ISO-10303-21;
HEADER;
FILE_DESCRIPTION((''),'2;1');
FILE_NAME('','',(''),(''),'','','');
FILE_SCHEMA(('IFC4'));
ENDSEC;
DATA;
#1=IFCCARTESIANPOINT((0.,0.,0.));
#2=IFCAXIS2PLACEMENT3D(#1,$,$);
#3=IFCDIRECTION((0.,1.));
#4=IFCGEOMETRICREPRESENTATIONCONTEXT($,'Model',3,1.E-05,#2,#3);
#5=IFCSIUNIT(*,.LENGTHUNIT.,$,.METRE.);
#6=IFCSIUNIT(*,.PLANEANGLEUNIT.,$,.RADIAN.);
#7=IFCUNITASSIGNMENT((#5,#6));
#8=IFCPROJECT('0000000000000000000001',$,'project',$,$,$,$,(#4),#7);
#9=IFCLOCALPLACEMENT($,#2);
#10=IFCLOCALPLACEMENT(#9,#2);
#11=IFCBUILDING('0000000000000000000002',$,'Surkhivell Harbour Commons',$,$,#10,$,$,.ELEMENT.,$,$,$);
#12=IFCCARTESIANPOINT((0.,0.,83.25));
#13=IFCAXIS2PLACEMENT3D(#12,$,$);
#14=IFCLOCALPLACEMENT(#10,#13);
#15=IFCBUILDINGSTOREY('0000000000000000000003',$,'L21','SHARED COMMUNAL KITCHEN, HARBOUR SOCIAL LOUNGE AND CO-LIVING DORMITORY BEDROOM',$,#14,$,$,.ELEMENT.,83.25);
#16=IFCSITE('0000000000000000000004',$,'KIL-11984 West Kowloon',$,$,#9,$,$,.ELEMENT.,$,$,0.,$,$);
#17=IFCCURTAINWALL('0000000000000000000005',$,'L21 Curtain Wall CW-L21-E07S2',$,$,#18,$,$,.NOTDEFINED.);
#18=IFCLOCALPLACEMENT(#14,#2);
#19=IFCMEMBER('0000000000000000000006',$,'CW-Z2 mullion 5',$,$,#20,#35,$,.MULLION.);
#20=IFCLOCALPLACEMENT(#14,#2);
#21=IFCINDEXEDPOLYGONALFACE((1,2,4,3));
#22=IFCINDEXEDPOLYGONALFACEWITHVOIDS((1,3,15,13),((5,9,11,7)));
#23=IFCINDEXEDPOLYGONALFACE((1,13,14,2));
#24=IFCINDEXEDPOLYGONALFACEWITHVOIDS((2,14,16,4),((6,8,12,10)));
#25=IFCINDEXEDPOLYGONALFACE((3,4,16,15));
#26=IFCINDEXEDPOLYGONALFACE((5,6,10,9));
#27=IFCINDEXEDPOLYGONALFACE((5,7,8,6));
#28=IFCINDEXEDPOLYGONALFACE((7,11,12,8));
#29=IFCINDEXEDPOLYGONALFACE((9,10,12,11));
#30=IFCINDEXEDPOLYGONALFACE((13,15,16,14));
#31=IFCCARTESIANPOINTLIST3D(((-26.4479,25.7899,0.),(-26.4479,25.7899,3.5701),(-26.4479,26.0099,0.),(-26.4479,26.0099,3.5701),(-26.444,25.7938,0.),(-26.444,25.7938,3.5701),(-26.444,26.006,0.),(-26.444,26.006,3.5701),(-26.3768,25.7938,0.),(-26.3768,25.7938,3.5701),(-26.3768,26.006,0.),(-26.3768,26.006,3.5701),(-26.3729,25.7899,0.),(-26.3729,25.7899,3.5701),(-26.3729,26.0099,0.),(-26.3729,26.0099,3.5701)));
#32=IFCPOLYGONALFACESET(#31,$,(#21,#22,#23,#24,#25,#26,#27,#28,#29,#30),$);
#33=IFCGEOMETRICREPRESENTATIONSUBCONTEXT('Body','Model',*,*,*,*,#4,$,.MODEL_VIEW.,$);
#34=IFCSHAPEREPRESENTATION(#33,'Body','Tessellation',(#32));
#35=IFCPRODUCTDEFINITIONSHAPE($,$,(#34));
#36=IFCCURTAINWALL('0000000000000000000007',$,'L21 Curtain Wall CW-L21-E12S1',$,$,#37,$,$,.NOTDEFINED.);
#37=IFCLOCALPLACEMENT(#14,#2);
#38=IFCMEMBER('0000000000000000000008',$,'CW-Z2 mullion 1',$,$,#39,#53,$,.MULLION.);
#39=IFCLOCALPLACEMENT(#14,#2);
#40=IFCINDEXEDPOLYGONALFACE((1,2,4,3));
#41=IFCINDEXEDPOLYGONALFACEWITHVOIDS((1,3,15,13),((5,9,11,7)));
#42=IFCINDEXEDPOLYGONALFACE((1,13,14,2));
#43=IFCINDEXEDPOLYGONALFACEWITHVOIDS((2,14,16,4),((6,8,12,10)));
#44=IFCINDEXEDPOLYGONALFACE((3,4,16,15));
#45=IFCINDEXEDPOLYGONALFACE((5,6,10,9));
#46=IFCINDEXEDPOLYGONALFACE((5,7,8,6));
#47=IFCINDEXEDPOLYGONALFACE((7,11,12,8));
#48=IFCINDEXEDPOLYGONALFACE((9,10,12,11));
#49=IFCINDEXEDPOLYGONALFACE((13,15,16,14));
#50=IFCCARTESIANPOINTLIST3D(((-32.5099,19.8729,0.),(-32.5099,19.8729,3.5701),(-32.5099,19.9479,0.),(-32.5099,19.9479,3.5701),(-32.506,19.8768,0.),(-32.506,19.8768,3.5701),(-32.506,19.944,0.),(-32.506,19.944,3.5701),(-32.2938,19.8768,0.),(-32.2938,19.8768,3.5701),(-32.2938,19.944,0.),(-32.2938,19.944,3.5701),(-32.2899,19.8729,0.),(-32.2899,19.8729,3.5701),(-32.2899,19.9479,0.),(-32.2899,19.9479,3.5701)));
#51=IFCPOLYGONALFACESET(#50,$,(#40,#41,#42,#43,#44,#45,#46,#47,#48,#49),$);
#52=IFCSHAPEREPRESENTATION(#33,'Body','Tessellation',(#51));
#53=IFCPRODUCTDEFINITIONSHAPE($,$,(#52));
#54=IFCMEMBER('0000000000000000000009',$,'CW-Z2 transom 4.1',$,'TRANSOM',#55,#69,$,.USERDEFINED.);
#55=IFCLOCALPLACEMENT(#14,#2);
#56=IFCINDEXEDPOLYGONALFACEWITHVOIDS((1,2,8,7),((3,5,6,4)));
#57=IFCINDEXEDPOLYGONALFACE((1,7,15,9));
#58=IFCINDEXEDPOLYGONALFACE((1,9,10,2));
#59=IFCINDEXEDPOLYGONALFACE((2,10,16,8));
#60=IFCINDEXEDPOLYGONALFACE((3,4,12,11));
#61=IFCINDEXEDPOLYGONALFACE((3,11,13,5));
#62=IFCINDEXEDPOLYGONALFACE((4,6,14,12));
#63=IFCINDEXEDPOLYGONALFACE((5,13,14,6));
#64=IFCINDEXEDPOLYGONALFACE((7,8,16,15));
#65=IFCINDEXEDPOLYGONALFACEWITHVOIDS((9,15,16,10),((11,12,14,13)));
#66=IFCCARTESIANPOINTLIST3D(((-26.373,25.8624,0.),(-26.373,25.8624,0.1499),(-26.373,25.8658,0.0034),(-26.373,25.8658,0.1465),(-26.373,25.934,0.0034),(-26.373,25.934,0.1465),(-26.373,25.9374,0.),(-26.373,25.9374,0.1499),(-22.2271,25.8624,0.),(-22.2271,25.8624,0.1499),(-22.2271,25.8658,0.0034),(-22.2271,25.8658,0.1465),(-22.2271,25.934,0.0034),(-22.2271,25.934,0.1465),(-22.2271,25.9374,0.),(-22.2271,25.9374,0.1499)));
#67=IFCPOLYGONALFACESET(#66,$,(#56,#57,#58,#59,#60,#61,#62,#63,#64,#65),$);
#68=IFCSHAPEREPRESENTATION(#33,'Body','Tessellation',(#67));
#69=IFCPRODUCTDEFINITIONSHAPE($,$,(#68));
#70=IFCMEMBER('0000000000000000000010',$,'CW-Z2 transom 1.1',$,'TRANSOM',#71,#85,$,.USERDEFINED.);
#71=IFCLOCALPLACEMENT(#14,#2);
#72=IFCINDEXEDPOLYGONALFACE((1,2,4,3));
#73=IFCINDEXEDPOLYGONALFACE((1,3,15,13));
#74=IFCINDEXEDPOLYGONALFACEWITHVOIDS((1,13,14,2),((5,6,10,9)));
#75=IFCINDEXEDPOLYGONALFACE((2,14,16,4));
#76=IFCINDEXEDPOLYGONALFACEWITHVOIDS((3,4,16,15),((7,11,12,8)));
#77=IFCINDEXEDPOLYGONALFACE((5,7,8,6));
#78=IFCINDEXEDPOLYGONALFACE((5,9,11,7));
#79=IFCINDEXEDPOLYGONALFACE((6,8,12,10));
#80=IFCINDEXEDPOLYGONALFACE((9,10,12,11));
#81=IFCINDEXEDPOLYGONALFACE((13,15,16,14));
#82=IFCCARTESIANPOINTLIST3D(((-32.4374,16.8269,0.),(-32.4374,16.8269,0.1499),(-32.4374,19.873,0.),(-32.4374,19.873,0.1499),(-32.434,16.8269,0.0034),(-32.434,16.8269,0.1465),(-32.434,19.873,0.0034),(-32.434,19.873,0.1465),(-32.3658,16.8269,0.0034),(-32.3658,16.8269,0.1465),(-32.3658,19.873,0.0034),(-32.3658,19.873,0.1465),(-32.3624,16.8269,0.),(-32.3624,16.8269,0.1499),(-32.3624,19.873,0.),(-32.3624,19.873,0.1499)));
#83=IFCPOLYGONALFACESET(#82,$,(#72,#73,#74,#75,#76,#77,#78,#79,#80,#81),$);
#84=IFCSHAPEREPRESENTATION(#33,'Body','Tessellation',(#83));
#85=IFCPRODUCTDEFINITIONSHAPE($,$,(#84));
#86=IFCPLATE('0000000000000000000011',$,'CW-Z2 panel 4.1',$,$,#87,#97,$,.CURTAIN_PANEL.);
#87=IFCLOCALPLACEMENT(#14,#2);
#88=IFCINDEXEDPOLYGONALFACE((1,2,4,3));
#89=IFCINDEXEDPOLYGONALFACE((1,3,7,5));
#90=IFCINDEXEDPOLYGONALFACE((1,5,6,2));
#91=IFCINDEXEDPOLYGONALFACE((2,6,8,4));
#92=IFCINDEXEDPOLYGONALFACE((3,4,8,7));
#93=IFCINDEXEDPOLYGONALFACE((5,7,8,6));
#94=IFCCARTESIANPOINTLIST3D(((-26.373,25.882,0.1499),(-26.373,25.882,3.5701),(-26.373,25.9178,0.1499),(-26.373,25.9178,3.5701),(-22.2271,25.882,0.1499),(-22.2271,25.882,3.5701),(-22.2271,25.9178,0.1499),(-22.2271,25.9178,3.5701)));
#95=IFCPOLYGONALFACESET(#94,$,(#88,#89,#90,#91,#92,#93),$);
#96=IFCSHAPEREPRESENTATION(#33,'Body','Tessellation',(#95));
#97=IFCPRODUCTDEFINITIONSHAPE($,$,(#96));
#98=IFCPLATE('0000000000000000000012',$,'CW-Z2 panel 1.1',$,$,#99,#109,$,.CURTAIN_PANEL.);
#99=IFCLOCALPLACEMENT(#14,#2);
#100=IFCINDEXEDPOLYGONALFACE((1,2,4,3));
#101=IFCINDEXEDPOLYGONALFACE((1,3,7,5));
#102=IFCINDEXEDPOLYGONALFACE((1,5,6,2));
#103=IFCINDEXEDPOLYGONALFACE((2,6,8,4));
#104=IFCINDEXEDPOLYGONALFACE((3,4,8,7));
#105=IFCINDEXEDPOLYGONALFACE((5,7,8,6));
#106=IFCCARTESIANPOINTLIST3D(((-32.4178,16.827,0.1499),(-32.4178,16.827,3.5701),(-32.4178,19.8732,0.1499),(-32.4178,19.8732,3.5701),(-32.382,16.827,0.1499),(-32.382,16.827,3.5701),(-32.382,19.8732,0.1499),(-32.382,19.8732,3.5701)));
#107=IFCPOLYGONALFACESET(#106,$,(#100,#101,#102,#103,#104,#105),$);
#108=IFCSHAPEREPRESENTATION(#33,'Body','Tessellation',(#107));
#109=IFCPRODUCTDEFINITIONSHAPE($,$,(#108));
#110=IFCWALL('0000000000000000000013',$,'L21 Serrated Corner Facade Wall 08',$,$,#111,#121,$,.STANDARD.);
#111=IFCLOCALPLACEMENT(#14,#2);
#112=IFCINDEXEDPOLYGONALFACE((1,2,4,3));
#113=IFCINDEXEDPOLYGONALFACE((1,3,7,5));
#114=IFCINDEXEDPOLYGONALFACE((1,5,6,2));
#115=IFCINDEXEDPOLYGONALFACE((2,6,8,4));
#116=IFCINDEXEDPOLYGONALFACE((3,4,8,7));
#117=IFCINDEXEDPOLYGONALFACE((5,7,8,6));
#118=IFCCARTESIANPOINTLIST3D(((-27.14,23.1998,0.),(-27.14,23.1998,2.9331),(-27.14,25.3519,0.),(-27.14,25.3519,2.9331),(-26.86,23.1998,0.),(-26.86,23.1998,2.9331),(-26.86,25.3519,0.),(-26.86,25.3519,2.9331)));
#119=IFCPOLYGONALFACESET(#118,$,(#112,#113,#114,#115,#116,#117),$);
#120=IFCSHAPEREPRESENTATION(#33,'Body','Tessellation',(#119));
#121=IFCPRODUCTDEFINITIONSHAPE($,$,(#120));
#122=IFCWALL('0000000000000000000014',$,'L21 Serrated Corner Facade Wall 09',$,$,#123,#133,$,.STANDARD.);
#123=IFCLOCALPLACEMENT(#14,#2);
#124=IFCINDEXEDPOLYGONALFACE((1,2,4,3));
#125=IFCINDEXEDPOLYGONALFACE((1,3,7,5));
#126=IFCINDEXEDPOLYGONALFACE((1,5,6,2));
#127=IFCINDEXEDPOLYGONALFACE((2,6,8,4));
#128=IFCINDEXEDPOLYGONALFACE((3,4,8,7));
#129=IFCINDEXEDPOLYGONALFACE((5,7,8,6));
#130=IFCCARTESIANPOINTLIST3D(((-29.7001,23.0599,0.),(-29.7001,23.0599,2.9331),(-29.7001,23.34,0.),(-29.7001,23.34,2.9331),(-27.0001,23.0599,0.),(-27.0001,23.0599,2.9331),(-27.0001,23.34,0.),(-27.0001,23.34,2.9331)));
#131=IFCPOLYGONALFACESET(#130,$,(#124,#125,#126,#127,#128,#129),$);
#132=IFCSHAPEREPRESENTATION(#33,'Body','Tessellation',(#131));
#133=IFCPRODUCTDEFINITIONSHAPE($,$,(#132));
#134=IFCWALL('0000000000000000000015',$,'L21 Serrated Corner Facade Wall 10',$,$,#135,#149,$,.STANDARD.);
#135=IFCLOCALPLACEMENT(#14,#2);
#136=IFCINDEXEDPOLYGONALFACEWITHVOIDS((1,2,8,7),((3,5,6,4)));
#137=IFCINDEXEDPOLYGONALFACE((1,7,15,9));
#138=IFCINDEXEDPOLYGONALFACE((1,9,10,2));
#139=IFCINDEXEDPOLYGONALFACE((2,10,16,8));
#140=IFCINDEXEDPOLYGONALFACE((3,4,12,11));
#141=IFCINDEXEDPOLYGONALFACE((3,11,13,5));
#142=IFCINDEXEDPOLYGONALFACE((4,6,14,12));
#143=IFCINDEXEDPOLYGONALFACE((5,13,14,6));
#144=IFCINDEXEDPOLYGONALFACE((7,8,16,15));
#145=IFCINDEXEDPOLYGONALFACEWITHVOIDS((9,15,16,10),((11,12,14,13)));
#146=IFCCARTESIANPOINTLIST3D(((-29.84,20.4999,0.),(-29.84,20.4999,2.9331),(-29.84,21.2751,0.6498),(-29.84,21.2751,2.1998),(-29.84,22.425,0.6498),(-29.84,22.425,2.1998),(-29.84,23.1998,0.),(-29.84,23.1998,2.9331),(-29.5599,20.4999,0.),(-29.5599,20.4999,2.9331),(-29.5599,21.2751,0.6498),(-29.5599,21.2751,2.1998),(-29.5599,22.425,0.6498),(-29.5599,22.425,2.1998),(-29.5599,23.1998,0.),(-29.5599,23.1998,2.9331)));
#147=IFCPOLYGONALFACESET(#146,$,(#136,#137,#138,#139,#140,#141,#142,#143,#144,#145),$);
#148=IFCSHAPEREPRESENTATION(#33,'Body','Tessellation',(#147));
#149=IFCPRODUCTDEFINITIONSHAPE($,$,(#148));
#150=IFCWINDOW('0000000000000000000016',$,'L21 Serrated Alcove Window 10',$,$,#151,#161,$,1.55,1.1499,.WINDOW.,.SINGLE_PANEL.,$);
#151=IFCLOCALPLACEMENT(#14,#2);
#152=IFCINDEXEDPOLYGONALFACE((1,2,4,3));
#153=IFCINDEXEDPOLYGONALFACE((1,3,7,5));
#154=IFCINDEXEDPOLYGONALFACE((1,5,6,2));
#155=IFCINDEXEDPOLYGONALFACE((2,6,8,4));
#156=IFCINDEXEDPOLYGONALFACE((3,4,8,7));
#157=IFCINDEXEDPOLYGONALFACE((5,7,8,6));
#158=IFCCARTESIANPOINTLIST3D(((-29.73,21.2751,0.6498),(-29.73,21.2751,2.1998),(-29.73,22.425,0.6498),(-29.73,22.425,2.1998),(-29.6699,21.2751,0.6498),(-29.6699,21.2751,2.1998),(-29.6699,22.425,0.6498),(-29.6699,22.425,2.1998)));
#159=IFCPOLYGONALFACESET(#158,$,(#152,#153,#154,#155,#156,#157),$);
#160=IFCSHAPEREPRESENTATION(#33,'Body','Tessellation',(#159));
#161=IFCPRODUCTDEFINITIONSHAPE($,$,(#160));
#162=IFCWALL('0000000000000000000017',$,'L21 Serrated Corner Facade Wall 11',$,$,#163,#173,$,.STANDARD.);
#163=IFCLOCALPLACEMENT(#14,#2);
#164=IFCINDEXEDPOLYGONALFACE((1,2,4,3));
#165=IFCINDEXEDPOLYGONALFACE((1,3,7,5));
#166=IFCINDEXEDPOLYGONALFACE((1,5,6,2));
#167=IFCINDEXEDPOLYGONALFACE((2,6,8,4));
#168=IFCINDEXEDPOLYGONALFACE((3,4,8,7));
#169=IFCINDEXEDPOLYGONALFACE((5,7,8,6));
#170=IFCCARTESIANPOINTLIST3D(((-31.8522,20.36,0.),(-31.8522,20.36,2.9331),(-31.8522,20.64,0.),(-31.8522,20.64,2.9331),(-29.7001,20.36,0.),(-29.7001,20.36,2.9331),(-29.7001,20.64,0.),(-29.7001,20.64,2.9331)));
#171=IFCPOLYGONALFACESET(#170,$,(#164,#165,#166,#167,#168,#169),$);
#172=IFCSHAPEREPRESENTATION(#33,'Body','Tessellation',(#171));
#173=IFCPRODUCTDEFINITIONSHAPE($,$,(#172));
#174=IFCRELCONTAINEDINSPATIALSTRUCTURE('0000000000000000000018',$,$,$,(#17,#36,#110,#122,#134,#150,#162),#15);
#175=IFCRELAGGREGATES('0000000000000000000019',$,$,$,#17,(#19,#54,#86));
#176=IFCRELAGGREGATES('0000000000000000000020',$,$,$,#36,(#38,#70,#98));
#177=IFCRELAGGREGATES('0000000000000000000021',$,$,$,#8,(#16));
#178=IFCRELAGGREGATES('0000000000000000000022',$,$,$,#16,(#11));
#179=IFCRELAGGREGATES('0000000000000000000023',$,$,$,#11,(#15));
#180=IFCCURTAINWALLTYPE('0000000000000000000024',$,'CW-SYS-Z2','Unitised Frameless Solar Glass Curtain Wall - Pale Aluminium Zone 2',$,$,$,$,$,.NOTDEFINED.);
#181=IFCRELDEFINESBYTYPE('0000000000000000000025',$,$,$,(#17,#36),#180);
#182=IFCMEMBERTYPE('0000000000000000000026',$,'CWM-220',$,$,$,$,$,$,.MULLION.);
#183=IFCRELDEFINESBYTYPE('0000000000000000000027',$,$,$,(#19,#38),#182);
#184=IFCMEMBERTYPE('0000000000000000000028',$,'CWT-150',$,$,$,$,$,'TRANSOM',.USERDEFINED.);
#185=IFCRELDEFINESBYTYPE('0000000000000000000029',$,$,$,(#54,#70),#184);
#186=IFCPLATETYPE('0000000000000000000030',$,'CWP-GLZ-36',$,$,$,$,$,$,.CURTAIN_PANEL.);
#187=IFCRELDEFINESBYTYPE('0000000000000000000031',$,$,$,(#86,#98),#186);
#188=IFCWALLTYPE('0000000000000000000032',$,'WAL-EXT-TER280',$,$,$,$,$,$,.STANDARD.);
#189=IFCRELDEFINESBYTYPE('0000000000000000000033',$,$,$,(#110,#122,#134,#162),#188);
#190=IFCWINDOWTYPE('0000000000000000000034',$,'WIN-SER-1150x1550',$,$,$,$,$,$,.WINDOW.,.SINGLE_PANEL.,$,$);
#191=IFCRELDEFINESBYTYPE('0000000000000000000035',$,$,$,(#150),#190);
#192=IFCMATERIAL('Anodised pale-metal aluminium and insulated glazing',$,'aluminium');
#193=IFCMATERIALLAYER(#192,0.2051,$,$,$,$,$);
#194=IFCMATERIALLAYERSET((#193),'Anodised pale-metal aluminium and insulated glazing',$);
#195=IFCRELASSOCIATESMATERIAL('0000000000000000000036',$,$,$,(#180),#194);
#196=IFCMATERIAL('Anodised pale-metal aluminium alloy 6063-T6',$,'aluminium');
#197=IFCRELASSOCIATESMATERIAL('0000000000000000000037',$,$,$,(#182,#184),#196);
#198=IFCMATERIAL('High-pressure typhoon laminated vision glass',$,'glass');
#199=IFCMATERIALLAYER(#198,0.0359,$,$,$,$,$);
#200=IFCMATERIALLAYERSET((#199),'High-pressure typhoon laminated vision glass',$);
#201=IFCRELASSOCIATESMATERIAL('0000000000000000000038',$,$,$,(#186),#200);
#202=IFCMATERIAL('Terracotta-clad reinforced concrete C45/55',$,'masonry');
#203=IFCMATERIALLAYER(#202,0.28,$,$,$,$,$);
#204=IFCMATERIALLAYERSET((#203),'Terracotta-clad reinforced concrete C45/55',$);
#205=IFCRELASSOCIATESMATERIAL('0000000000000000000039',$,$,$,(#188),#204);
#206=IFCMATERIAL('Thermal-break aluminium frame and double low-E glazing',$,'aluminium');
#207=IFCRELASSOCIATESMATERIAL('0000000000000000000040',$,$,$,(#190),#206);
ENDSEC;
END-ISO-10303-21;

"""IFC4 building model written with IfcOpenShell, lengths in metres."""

from ifc_helpers import new_model, si_unit, direction, frame, frame_2d, origin, origin_2d, place, context, subcontext, project, spatial, rectangle, hollow_rectangle, extrude, material, layer, layer_set, material_profile, profile_set, type_object, element, fill, aggregate, save


model = new_model("IFC4")

# Units and contexts
model_context = context("Model", 3, precision=1e-05, world=origin(), true_north=direction((0.0, 1.0)))
body_context = subcontext(model_context, "Body", "Model", "MODEL_VIEW")
ifc_project = project(units=[si_unit("LENGTHUNIT", "METRE"), si_unit("PLANEANGLEUNIT", "RADIAN")], contexts=[model_context])

# Site, building, storey
site_placement = place(None, origin())
site = spatial("IfcSite", under=ifc_project, at=site_placement, Name="KIL-11984 West Kowloon", CompositionType="ELEMENT", RefElevation=0.0)
building_placement = place(site_placement, origin())
building = spatial("IfcBuilding", under=site, at=building_placement, Name="Surkhivell Harbour Commons", CompositionType="ELEMENT")
storey_placement = place(building_placement, frame((0.0, 0.0, 83.25)))
storey = spatial("IfcBuildingStorey", under=building, at=storey_placement, Name="L21", Description="SHARED COMMUNAL KITCHEN, HARBOUR SOCIAL LOUNGE AND CO-LIVING DORMITORY BEDROOM", CompositionType="ELEMENT", Elevation=83.25)

# Curtain wall, member
ifc_material_1 = material(Name="Anodised pale-metal aluminium and insulated glazing", Category="aluminium")
ifc_layer_1 = layer(ifc_material_1, 0.2051)
ifc_layer_set_1 = layer_set([ifc_layer_1], Name="Anodised pale-metal aluminium and insulated glazing")
curtain_wall_type = type_object("IfcCurtainWallType", Name="CW-SYS-Z2", Description="Unitised Frameless Solar Glass Curtain Wall - Pale Aluminium Zone 2", PredefinedType="NOTDEFINED", material=ifc_layer_set_1)
curtain_wall_1_placement = place(storey_placement, origin())
curtain_wall_1 = element("IfcCurtainWall", 1, at=curtain_wall_1_placement, inside=storey, type_object=curtain_wall_type, Name="L21 Curtain Wall CW-L21-E07S2", PredefinedType="NOTDEFINED")
ifc_material_2 = material(Name="Anodised pale-metal aluminium alloy 6063-T6", Category="aluminium")
ifc_material_profile_1 = material_profile(ifc_material_2, hollow_rectangle(XDim=0.075, YDim=0.22, WallThickness=0.0039, at=origin_2d()), Name="ALU-MULL-75x220")
ifc_profile_set_1 = profile_set([ifc_material_profile_1], Name="Anodised pale-metal aluminium alloy 6063-T6")
member_type_1 = type_object("IfcMemberType", Name="CWM-220", PredefinedType="MULLION", material=ifc_profile_set_1)
member_1_placement = place(storey_placement, frame((-26.4104, 25.8999, 0.0), z_axis=(0.0, 0.0, 1.0), x_axis=(-1.0, 0.0, 0.0)))
member_1 = element("IfcMember", 2, at=member_1_placement, type_object=member_type_1, Name="CW-Z2 mullion 5", PredefinedType="MULLION", context=body_context, shape_type="SweptSolid", body=[
    extrude(hollow_rectangle(XDim=0.075, YDim=0.22, WallThickness=0.0039, at=origin_2d()), origin(), (0.0, 0.0, 1.0), 3.5701),
])

# Curtain wall, member
curtain_wall_2_placement = place(storey_placement, origin())
curtain_wall_2 = element("IfcCurtainWall", 3, at=curtain_wall_2_placement, inside=storey, type_object=curtain_wall_type, Name="L21 Curtain Wall CW-L21-E12S1", PredefinedType="NOTDEFINED")
member_2_placement = place(storey_placement, frame((-32.3999, 19.9104, 0.0), z_axis=(0.0, 0.0, 1.0), x_axis=(0.0, -1.0, 0.0)))
member_2 = element("IfcMember", 4, at=member_2_placement, type_object=member_type_1, Name="CW-Z2 mullion 1", PredefinedType="MULLION", context=body_context, shape_type="SweptSolid", body=[
    extrude(hollow_rectangle(XDim=0.075, YDim=0.22, WallThickness=0.0039, at=origin_2d()), origin(), (0.0, 0.0, 1.0), 3.5701),
])

# Members
ifc_material_profile_2 = material_profile(ifc_material_2, hollow_rectangle(XDim=0.075, YDim=0.1499, WallThickness=0.0034, at=origin_2d()), Name="ALU-TRAN-75x150")
ifc_profile_set_2 = profile_set([ifc_material_profile_2], Name="Anodised pale-metal aluminium alloy 6063-T6")
member_type_2 = type_object("IfcMemberType", Name="CWT-150", ElementType="TRANSOM", PredefinedType="USERDEFINED", material=ifc_profile_set_2)
member_3_placement = place(storey_placement, frame((-22.2271, 25.8999, 0.075), z_axis=(-1.0, 0.0, 0.0), x_axis=(0.0, -1.0, 0.0)))
member_3 = element("IfcMember", 5, at=member_3_placement, type_object=member_type_2, Name="CW-Z2 transom 4.1", ObjectType="TRANSOM", PredefinedType="USERDEFINED", context=body_context, shape_type="SweptSolid", body=[
    extrude(hollow_rectangle(XDim=0.075, YDim=0.1499, WallThickness=0.0034, at=origin_2d()), origin(), (0.0, 0.0, 1.0), 4.146),
])
member_4_placement = place(storey_placement, frame((-32.3999, 19.873, 0.075), z_axis=(0.0, -1.0, 0.0), x_axis=(1.0, 0.0, 0.0)))
member_4 = element("IfcMember", 6, at=member_4_placement, type_object=member_type_2, Name="CW-Z2 transom 1.1", ObjectType="TRANSOM", PredefinedType="USERDEFINED", context=body_context, shape_type="SweptSolid", body=[
    extrude(hollow_rectangle(XDim=0.075, YDim=0.1499, WallThickness=0.0034, at=origin_2d()), origin(), (0.0, 0.0, 1.0), 3.0461),
])

# Plates
ifc_material_3 = material(Name="High-pressure typhoon laminated vision glass", Category="glass")
ifc_layer_2 = layer(ifc_material_3, 0.0359)
ifc_layer_set_2 = layer_set([ifc_layer_2], Name="High-pressure typhoon laminated vision glass")
plate_type = type_object("IfcPlateType", Name="CWP-GLZ-36", PredefinedType="CURTAIN_PANEL", material=ifc_layer_set_2)
plate_1_placement = place(storey_placement, frame((-22.2271, 25.8999, 0.1499), z_axis=(0.0, 0.0, 1.0), x_axis=(-1.0, 0.0, 0.0)))
plate_1 = element("IfcPlate", 7, at=plate_1_placement, type_object=plate_type, Name="CW-Z2 panel 4.1", PredefinedType="CURTAIN_PANEL", context=body_context, shape_type="SweptSolid", body=[
    extrude(rectangle(XDim=4.146, YDim=0.0359, at=frame_2d((2.073, 0.0))), origin(), (0.0, 0.0, 1.0), 3.4202),
])
aggregate(curtain_wall_1, [member_1, member_3, plate_1])
plate_2_placement = place(storey_placement, frame((-32.3999, 19.873, 0.1499), z_axis=(0.0, 0.0, 1.0), x_axis=(0.0, -1.0, 0.0)))
plate_2 = element("IfcPlate", 8, at=plate_2_placement, type_object=plate_type, Name="CW-Z2 panel 1.1", PredefinedType="CURTAIN_PANEL", context=body_context, shape_type="SweptSolid", body=[
    extrude(rectangle(XDim=3.0461, YDim=0.0359, at=frame_2d((1.5229, 0.0))), origin(), (0.0, 0.0, 1.0), 3.4202),
])
aggregate(curtain_wall_2, [member_2, member_4, plate_2])

# Walls
ifc_material_4 = material(Name="Terracotta-clad reinforced concrete C45/55", Category="masonry")
ifc_layer_3 = layer(ifc_material_4, 0.28)
ifc_layer_set_3 = layer_set([ifc_layer_3], Name="Terracotta-clad reinforced concrete C45/55")
wall_type = type_object("IfcWallType", Name="WAL-EXT-TER280", PredefinedType="STANDARD", material=ifc_layer_set_3)
wall_1_placement = place(storey_placement, frame((-27.0, 25.3521, 0.0), z_axis=(0.0, 0.0, 1.0), x_axis=(0.0, -1.0, 0.0)))
element("IfcWall", 9, at=wall_1_placement, inside=storey, type_object=wall_type, Name="L21 Serrated Corner Facade Wall 08", PredefinedType="STANDARD", context=body_context, shape_type="SweptSolid", body=[
    extrude(rectangle(XDim=2.1521, YDim=0.28, at=frame_2d((1.0762, 0.0))), origin(), (0.0, 0.0, 1.0), 2.9331),
])
wall_2_placement = place(storey_placement, frame((-27.0, 23.2, 0.0), z_axis=(0.0, 0.0, 1.0), x_axis=(-1.0, 0.0, 0.0)))
element("IfcWall", 10, at=wall_2_placement, inside=storey, type_object=wall_type, Name="L21 Serrated Corner Facade Wall 09", PredefinedType="STANDARD", context=body_context, shape_type="SweptSolid", body=[
    extrude(rectangle(XDim=2.7, YDim=0.28, at=frame_2d((1.3501, 0.0))), origin(), (0.0, 0.0, 1.0), 2.9331),
])

# Wall, opening, window
wall_3_placement = place(storey_placement, frame((-29.7, 23.2, 0.0), z_axis=(0.0, 0.0, 1.0), x_axis=(0.0, -1.0, 0.0)))
wall_3 = element("IfcWall", 11, at=wall_3_placement, inside=storey, type_object=wall_type, Name="L21 Serrated Corner Facade Wall 10", PredefinedType="STANDARD", context=body_context, shape_type="SweptSolid", body=[
    extrude(rectangle(XDim=2.7, YDim=0.28, at=frame_2d((1.3501, 0.0))), origin(), (0.0, 0.0, 1.0), 2.9331),
])
opening_placement = place(wall_3_placement, frame((0.7749, 0.0, 0.6499)))
opening = element("IfcOpeningElement", 12, at=opening_placement, cuts=wall_3, PredefinedType="OPENING", context=body_context, shape_type="SweptSolid", body=[
    extrude(rectangle(XDim=1.1499, YDim=1.55, at=frame_2d((0.575, 0.7749))), frame((0.0, 0.1499, 0.0), z_axis=(0.0, -1.0, 0.0), x_axis=(1.0, 0.0, 0.0)), (0.0, 0.0, 1.0), 0.3),
])
ifc_material_5 = material(Name="Thermal-break aluminium frame and double low-E glazing", Category="aluminium")
window_type = type_object("IfcWindowType", Name="WIN-SER-1150x1550", PartitioningType="SINGLE_PANEL", PredefinedType="WINDOW", material=ifc_material_5)
window_placement = place(opening_placement, origin())
window = element("IfcWindow", 13, at=window_placement, inside=storey, type_object=window_type, Name="L21 Serrated Alcove Window 10", OverallHeight=1.55, OverallWidth=1.1499, PartitioningType="SINGLE_PANEL", PredefinedType="WINDOW", context=body_context, shape_type="SweptSolid", body=[
    extrude(rectangle(XDim=1.1499, YDim=1.55, at=frame_2d((0.575, 0.7749))), frame((0.0, 0.03, 0.0), z_axis=(0.0, -1.0, 0.0), x_axis=(1.0, 0.0, 0.0)), (0.0, 0.0, 1.0), 0.0601),
])
fill(opening, window)

# Wall
wall_4_placement = place(storey_placement, frame((-29.7, 20.5, 0.0), z_axis=(0.0, 0.0, 1.0), x_axis=(-1.0, 0.0, 0.0)))
element("IfcWall", 14, at=wall_4_placement, inside=storey, type_object=wall_type, Name="L21 Serrated Corner Facade Wall 11", PredefinedType="STANDARD", context=body_context, shape_type="SweptSolid", body=[
    extrude(rectangle(XDim=2.1521, YDim=0.28, at=frame_2d((1.0762, 0.0))), origin(), (0.0, 0.0, 1.0), 2.9331),
])

save(model, "model.ifc")
